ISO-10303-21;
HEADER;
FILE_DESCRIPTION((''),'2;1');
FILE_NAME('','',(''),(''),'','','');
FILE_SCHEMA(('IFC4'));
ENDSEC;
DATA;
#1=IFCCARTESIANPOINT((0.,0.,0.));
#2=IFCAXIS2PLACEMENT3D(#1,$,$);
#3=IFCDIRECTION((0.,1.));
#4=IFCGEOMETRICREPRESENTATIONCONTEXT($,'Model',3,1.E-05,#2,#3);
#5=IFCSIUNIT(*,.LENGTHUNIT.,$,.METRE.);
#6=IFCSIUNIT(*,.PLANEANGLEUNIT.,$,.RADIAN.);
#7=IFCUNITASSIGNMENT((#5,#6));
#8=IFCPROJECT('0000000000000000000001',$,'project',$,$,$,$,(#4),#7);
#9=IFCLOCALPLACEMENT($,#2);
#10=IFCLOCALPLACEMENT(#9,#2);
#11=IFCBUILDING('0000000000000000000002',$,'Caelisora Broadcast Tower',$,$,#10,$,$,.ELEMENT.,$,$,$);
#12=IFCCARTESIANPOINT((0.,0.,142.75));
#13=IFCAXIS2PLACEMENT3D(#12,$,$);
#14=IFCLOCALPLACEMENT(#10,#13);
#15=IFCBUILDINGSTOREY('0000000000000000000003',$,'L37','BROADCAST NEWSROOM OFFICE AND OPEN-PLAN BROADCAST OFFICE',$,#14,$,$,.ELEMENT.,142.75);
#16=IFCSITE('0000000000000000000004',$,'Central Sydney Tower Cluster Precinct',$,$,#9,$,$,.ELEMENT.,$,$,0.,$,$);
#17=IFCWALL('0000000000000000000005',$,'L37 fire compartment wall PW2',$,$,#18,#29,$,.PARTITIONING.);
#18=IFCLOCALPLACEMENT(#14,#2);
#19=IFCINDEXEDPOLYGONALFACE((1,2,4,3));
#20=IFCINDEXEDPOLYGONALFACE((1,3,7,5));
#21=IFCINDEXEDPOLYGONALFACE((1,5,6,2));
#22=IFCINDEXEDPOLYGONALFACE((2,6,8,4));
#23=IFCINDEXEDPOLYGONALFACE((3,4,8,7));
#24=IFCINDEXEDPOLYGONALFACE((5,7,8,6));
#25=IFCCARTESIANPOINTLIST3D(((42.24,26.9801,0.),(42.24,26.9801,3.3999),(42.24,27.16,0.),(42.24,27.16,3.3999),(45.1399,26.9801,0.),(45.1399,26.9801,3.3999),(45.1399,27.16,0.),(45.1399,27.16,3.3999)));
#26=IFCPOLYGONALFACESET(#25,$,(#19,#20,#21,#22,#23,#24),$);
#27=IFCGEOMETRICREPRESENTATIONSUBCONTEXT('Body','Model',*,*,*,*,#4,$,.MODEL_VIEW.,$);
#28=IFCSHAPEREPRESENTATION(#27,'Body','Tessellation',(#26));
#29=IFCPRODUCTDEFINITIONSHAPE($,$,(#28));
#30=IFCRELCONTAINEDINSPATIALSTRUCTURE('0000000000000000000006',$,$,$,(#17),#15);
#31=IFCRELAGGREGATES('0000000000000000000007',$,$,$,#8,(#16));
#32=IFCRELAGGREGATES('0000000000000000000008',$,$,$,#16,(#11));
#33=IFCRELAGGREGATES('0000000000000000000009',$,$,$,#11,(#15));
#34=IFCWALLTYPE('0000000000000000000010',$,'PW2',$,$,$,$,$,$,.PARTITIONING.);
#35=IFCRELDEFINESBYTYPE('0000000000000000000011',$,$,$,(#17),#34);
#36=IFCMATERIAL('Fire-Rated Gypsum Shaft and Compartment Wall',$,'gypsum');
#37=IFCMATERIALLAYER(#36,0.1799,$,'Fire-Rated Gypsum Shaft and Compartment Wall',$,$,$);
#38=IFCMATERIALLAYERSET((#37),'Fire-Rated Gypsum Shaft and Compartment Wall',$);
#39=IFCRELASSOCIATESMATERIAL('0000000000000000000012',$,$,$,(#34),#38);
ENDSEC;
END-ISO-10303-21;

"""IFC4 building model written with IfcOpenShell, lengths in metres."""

from ifc_helpers import new_model, si_unit, direction, frame, frame_2d, origin, place, context, subcontext, project, spatial, rectangle, extrude, material, layer, layer_set, type_object, element, save


model = new_model("IFC4")

# Units and contexts
model_context = context("Model", 3, precision=1e-05, world=origin(), true_north=direction((0.0, 1.0)))
body_context = subcontext(model_context, "Body", "Model", "MODEL_VIEW")
ifc_project = project(units=[si_unit("LENGTHUNIT", "METRE"), si_unit("PLANEANGLEUNIT", "RADIAN")], contexts=[model_context])

# Site, building, storey
site_placement = place(None, origin())
site = spatial("IfcSite", under=ifc_project, at=site_placement, Name="Central Sydney Tower Cluster Precinct", CompositionType="ELEMENT", RefElevation=0.0)
building_placement = place(site_placement, origin())
building = spatial("IfcBuilding", under=site, at=building_placement, Name="Caelisora Broadcast Tower", CompositionType="ELEMENT")
storey_placement = place(building_placement, frame((0.0, 0.0, 142.75)))
storey = spatial("IfcBuildingStorey", under=building, at=storey_placement, Name="L37", Description="BROADCAST NEWSROOM OFFICE AND OPEN-PLAN BROADCAST OFFICE", CompositionType="ELEMENT", Elevation=142.75)

# Shared definitions
ifc_material_1 = material(Name="Fire-Rated Gypsum Shaft and Compartment Wall", Category="gypsum")
ifc_layer_1 = layer(ifc_material_1, 0.1799, Name="Fire-Rated Gypsum Shaft and Compartment Wall")
ifc_layer_set_1 = layer_set([ifc_layer_1], Name="Fire-Rated Gypsum Shaft and Compartment Wall")
wall_type_1 = type_object("IfcWallType", Name="PW2", PredefinedType="PARTITIONING", material=ifc_layer_set_1)

# Wall
wall_1_placement = place(storey_placement, frame((42.24, 27.0701, 0.0), z_axis=(0.0, 0.0, 1.0), x_axis=(1.0, 0.0, 0.0)))
element("IfcWall", 1, at=wall_1_placement, inside=storey, type_object=wall_type_1, Name="L37 fire compartment wall PW2", PredefinedType="PARTITIONING", context=body_context, shape_type="SweptSolid", body=[
    extrude(rectangle(XDim=2.8999, YDim=0.1799, at=frame_2d((1.45, 0.0))), origin(), (0.0, 0.0, 1.0), 3.3999),
])

save(model, "model.ifc")
